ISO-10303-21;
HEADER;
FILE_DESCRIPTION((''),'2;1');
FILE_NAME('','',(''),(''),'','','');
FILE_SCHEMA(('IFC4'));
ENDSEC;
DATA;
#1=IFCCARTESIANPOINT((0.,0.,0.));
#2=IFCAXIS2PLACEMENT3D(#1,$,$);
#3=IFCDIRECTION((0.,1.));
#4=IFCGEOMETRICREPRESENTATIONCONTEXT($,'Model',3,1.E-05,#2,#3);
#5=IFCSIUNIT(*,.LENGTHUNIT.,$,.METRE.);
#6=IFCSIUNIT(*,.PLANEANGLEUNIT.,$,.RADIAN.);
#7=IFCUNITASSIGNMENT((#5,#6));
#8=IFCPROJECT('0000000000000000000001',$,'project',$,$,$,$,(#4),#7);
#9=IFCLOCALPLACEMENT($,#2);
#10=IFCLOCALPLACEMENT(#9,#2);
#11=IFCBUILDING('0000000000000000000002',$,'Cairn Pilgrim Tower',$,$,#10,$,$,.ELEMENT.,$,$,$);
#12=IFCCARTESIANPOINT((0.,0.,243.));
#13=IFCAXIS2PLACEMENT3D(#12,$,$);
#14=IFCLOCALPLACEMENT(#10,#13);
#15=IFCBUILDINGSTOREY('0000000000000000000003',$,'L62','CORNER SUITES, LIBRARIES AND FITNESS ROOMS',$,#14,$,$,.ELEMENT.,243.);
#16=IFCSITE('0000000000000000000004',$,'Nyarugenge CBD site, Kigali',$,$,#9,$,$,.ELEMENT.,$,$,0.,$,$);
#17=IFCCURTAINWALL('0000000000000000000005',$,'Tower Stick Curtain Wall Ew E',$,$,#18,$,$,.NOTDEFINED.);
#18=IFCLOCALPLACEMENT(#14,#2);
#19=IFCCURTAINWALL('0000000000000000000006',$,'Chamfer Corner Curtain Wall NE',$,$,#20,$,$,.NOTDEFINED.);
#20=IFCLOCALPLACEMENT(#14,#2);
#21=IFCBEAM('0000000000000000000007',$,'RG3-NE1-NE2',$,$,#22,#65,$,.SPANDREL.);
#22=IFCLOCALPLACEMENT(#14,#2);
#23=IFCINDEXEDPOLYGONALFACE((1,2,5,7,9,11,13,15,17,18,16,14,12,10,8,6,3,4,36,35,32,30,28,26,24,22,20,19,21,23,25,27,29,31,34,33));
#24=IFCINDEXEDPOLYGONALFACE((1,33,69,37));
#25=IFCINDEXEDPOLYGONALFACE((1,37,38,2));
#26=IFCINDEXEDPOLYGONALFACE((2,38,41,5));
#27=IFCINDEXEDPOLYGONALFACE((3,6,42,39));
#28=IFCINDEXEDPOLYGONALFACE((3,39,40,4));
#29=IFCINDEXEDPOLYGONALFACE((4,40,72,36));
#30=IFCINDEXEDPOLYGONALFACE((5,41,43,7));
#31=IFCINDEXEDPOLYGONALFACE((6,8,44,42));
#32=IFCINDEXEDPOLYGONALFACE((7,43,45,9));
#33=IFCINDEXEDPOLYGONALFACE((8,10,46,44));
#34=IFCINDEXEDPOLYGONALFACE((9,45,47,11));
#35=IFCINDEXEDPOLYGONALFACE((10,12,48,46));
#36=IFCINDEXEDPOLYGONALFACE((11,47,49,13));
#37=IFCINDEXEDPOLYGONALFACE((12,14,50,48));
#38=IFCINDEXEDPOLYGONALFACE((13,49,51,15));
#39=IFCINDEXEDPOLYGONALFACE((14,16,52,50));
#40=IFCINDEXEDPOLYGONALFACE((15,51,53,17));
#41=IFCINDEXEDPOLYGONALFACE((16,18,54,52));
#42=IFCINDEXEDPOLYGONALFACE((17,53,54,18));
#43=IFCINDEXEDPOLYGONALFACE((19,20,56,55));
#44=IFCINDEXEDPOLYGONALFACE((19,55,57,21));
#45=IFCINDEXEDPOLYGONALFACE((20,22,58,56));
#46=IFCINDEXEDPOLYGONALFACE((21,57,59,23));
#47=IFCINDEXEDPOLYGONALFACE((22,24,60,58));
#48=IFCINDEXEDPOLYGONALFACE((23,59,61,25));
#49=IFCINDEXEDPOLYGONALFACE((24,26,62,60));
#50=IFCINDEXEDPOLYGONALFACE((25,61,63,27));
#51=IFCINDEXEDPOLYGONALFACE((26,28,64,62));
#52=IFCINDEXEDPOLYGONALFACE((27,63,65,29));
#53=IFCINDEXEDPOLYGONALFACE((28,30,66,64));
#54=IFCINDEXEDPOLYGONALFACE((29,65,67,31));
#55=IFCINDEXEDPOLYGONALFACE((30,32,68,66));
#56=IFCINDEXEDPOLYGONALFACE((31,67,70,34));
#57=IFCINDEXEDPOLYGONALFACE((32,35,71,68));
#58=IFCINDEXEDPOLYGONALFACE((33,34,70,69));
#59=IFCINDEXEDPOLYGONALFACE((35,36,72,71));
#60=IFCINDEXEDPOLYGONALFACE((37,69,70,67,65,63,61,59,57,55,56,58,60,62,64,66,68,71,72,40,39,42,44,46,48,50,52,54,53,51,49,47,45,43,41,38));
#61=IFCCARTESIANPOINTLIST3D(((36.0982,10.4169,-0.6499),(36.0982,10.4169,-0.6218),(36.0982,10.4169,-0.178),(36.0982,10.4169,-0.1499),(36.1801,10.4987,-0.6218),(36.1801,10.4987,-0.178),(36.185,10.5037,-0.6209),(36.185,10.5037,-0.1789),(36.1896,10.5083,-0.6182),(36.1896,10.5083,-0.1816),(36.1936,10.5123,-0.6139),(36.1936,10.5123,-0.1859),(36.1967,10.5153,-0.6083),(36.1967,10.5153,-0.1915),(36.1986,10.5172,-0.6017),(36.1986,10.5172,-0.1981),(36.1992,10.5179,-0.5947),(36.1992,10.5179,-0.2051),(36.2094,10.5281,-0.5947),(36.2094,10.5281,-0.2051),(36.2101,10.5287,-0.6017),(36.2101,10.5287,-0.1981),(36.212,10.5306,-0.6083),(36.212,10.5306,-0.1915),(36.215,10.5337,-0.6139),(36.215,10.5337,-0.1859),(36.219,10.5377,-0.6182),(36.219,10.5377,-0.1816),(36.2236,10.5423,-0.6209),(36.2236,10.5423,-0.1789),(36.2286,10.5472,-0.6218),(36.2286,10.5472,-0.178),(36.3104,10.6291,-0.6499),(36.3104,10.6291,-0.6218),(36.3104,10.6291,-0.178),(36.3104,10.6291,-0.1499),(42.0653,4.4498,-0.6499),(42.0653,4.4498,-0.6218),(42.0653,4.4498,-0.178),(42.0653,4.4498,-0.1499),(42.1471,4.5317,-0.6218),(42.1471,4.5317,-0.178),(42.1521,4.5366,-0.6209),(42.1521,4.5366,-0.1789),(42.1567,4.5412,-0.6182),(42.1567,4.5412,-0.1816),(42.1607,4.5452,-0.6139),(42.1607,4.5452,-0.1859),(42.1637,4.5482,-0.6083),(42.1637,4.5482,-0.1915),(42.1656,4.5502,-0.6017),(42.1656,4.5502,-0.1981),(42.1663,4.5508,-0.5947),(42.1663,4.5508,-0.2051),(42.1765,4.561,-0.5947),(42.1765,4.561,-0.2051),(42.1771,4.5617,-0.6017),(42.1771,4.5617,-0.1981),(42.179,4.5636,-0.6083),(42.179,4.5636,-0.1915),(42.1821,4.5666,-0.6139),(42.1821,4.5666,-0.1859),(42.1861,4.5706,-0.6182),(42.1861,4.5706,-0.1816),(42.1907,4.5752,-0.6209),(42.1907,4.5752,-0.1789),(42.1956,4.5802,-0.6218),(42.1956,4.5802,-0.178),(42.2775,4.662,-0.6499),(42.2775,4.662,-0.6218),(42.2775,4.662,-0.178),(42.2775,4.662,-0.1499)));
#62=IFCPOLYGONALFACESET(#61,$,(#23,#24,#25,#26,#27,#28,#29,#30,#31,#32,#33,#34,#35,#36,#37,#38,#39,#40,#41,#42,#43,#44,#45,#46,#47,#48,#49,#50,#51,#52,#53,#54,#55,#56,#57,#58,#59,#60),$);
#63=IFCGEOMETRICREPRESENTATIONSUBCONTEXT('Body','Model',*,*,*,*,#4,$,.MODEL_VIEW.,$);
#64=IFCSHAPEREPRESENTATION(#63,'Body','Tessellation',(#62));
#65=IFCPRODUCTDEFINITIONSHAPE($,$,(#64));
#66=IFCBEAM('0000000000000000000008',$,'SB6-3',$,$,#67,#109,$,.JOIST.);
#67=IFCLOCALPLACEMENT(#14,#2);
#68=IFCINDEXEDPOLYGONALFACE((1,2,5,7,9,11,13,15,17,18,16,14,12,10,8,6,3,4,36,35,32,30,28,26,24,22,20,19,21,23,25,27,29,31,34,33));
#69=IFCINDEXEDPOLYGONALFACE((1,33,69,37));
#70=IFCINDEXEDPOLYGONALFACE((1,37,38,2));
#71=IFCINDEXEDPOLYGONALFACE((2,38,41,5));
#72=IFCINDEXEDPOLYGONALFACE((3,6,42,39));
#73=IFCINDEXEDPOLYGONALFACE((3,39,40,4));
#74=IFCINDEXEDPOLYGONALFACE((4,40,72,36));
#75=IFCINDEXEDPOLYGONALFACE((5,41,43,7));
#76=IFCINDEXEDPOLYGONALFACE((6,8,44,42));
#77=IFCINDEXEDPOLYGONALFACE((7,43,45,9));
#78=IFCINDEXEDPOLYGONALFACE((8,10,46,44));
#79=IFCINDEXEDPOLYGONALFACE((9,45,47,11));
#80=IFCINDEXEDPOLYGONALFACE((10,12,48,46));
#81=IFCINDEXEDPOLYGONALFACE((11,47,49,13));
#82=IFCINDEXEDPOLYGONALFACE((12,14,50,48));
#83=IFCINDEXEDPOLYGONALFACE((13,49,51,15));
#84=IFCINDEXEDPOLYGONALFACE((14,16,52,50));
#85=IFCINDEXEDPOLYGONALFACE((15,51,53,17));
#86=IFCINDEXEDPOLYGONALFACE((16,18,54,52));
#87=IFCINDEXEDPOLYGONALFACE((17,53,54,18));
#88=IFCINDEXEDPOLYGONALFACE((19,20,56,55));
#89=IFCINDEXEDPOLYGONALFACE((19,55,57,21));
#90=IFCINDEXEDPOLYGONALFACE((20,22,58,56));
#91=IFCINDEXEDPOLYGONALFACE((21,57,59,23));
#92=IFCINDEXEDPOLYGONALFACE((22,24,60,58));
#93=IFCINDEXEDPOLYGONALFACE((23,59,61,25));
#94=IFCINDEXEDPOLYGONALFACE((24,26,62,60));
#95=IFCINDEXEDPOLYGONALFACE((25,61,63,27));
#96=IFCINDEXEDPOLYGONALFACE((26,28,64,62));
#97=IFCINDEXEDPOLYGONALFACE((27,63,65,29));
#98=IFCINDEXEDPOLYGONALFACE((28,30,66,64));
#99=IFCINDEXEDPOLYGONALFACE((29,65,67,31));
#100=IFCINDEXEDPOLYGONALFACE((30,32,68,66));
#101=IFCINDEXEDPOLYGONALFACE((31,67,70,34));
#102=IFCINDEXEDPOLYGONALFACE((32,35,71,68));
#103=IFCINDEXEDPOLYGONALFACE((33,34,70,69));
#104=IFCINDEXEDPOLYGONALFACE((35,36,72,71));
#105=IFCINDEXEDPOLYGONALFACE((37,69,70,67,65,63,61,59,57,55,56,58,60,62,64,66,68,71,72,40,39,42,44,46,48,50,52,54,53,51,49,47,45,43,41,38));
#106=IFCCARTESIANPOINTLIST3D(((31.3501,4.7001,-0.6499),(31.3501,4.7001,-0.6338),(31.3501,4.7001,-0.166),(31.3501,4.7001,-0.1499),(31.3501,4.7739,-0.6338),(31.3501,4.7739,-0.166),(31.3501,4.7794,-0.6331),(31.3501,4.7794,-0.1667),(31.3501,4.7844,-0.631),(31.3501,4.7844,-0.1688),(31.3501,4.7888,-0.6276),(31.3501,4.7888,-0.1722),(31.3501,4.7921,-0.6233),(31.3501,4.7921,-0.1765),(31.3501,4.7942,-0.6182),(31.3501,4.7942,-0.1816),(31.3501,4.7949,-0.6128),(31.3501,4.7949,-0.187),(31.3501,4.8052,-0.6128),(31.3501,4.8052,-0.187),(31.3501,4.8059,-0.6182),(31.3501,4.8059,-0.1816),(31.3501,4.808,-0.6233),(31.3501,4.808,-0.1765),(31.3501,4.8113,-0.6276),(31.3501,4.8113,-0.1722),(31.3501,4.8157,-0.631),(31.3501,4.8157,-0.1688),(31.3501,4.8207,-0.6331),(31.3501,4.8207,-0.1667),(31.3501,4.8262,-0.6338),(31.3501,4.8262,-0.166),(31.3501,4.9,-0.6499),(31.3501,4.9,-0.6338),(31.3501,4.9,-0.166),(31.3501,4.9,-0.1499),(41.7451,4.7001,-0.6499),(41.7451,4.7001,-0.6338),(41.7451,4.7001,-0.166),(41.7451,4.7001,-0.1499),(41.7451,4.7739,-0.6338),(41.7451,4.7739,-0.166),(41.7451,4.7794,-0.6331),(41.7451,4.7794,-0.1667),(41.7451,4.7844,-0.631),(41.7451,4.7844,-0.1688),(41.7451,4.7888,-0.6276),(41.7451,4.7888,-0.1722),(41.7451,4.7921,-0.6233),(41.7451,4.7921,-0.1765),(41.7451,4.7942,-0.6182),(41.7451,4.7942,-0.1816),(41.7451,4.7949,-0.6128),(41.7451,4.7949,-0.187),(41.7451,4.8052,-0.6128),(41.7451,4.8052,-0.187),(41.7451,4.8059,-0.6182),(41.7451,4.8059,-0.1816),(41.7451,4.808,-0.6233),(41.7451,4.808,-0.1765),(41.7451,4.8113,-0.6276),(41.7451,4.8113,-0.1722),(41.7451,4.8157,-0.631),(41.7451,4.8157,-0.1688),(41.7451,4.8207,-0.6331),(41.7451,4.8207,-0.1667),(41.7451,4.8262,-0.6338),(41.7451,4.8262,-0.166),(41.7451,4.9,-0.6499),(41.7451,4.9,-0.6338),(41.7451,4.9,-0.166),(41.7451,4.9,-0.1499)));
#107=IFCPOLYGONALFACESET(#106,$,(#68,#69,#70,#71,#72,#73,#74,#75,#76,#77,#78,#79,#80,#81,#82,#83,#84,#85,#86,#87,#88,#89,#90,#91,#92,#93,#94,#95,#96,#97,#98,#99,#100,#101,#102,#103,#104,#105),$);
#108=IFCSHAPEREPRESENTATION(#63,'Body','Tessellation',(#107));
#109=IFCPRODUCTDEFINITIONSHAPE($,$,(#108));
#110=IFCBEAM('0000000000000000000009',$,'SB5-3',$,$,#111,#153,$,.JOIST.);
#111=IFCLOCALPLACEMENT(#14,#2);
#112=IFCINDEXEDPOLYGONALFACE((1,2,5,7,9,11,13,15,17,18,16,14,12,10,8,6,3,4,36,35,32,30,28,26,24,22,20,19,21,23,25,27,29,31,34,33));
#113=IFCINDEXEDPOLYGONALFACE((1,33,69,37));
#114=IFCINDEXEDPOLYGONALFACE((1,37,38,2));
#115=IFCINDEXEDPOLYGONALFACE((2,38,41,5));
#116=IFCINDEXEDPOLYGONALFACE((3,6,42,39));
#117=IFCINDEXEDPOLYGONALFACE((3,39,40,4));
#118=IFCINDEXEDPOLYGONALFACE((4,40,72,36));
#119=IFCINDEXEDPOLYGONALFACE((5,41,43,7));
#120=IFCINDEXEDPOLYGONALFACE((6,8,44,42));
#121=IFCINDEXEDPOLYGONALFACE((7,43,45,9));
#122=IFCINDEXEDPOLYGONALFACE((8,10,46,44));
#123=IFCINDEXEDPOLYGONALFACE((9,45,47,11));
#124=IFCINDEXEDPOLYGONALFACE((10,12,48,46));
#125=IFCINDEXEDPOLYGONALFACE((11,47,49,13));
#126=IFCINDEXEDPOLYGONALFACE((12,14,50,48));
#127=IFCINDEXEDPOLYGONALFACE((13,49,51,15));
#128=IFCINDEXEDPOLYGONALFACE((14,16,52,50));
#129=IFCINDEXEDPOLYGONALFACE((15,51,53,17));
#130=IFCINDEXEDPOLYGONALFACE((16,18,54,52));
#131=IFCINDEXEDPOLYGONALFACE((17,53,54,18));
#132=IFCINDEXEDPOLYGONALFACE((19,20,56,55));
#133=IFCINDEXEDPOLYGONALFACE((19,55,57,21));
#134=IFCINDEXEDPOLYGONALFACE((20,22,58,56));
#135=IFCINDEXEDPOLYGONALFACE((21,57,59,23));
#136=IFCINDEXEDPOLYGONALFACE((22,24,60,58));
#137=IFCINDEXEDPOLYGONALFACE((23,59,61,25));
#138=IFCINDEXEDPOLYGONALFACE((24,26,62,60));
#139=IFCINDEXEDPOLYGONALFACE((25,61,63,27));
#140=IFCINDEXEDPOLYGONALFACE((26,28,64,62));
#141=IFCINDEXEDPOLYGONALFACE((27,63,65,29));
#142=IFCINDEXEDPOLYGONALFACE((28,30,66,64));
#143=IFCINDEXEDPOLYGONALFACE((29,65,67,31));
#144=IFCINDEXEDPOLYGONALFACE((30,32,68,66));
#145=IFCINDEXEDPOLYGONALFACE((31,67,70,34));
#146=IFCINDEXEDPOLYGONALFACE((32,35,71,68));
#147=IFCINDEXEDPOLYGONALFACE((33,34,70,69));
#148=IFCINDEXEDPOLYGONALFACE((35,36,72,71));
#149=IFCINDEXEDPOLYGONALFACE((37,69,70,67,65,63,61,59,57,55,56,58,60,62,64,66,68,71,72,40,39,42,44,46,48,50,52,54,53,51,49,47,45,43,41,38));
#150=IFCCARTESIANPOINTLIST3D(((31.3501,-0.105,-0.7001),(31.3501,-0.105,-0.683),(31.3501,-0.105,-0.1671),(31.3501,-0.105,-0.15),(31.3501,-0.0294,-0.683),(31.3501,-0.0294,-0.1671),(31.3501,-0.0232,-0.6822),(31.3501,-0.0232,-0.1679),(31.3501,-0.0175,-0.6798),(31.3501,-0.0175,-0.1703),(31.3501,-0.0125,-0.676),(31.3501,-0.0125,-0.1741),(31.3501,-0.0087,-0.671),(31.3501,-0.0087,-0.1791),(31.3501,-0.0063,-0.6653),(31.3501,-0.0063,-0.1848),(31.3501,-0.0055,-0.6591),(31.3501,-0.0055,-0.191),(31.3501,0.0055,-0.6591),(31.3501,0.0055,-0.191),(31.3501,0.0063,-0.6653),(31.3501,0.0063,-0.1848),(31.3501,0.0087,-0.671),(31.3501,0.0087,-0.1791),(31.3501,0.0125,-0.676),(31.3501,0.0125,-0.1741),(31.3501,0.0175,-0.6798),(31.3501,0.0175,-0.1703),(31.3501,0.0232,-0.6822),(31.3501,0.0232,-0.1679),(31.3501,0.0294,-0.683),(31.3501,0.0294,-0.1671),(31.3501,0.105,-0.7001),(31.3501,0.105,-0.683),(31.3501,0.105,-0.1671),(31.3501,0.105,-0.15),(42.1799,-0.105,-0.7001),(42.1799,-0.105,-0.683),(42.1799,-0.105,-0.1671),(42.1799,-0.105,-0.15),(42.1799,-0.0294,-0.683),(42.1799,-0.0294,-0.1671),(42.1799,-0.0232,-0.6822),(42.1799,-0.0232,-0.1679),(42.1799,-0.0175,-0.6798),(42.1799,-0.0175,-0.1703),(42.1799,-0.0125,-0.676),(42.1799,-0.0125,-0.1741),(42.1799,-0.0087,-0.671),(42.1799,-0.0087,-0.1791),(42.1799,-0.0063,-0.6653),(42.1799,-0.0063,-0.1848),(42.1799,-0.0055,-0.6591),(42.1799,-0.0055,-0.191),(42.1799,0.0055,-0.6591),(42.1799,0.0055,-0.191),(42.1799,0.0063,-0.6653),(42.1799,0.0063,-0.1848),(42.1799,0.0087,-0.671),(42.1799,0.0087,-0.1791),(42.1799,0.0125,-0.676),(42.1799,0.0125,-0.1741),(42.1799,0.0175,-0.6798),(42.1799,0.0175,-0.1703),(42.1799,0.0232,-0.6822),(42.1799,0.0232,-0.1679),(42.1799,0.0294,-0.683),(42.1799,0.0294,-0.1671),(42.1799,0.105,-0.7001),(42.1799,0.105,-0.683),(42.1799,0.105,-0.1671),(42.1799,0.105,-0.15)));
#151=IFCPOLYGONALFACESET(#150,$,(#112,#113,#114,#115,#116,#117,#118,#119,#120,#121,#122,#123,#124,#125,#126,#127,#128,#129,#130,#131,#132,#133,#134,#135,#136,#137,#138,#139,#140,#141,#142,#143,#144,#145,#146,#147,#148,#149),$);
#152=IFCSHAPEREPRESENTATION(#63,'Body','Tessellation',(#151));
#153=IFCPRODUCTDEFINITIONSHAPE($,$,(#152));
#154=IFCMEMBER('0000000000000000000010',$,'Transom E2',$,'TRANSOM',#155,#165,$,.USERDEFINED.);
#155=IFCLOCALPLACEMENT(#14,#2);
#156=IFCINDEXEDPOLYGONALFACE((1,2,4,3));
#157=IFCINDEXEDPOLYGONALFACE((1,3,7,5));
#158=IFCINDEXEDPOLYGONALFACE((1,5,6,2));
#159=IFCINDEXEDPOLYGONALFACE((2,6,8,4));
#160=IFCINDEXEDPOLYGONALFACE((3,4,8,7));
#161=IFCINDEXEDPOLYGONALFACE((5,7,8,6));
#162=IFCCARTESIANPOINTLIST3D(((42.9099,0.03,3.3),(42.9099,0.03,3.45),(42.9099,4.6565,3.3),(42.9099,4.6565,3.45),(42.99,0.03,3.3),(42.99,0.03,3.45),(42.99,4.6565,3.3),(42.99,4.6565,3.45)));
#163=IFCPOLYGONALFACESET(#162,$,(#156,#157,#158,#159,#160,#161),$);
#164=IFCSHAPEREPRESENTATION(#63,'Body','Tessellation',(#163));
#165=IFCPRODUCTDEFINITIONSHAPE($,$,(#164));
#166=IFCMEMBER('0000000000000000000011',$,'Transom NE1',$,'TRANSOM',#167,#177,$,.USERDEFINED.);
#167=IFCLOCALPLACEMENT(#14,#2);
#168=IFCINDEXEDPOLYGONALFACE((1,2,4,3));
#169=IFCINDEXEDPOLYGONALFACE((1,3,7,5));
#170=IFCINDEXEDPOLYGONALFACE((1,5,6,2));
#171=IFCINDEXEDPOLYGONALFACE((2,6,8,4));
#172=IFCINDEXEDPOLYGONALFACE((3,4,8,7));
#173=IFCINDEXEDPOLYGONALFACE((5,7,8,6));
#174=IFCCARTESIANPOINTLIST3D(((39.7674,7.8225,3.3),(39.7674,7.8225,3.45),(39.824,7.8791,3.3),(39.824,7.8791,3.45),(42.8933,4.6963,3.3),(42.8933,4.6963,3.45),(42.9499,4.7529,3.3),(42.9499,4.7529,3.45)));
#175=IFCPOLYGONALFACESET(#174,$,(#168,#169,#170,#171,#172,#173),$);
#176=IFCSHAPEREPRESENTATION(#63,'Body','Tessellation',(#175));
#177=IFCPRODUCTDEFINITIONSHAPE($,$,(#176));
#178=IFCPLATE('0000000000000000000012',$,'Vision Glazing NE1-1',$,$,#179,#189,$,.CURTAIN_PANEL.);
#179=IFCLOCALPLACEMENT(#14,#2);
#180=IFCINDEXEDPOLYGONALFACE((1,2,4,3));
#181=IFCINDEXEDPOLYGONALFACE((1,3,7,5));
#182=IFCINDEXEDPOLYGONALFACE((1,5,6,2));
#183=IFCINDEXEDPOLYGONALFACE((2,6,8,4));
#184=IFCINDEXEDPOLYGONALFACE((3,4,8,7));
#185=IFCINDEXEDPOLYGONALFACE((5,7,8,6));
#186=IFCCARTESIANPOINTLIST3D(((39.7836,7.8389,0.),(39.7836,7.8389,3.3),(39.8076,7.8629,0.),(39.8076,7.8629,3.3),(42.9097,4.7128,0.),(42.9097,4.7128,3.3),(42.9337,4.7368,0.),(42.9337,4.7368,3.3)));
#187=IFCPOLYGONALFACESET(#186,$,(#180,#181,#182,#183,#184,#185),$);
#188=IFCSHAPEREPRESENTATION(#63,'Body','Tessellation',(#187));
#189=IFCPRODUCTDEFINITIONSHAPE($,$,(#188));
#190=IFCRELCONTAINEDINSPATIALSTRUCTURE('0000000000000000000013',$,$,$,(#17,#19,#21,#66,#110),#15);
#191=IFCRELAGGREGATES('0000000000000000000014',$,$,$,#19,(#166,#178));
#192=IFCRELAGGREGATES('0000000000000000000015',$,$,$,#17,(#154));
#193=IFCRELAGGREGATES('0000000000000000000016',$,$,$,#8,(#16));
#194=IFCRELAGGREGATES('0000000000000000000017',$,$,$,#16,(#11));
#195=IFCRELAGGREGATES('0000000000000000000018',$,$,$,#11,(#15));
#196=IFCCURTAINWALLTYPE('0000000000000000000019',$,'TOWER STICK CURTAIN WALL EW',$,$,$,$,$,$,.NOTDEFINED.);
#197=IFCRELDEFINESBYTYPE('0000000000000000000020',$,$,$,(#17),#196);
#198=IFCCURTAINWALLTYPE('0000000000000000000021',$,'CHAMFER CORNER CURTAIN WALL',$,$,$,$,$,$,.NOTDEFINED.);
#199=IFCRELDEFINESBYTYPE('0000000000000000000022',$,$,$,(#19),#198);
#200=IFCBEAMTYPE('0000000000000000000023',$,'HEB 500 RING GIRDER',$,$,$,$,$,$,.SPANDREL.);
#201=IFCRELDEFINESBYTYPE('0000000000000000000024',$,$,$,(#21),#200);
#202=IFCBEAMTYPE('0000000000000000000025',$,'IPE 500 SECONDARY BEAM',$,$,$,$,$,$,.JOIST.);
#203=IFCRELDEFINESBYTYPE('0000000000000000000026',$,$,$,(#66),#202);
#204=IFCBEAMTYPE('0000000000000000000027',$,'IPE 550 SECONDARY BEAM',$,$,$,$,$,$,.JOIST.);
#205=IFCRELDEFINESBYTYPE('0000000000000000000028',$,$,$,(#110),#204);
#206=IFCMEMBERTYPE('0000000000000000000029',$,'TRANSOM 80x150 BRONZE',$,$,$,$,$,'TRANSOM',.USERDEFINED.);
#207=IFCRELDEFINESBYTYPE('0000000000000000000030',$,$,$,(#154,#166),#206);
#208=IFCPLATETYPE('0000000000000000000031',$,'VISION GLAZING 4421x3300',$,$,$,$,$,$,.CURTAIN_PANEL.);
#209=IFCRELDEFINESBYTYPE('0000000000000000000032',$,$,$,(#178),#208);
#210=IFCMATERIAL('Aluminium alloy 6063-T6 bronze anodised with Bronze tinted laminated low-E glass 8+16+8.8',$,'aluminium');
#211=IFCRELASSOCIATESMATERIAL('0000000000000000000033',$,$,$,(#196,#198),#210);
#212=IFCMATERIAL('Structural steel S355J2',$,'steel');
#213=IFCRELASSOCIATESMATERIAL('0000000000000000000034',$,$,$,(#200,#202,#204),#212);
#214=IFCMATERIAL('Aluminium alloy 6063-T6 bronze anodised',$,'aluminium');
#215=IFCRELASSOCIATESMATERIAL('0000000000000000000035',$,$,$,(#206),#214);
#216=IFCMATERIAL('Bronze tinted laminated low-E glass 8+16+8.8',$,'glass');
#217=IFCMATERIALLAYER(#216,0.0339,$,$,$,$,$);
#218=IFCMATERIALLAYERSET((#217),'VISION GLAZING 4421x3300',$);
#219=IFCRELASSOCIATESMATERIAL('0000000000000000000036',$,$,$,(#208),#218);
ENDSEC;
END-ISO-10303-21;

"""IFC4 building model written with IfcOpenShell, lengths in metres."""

from ifc_helpers import new_model, si_unit, direction, frame, origin, origin_2d, place, context, subcontext, project, spatial, rectangle, i_section, extrude, material, layer, layer_set, material_profile, profile_set, type_object, element, aggregate, save


model = new_model("IFC4")

# Units and contexts
model_context = context("Model", 3, precision=1e-05, world=origin(), true_north=direction((0.0, 1.0)))
body_context = subcontext(model_context, "Body", "Model", "MODEL_VIEW")
ifc_project = project(units=[si_unit("LENGTHUNIT", "METRE"), si_unit("PLANEANGLEUNIT", "RADIAN")], contexts=[model_context])

# Site, building, storey
site_placement = place(None, origin())
site = spatial("IfcSite", under=ifc_project, at=site_placement, Name="Nyarugenge CBD site, Kigali", CompositionType="ELEMENT", RefElevation=0.0)
building_placement = place(site_placement, origin())
building = spatial("IfcBuilding", under=site, at=building_placement, Name="Cairn Pilgrim Tower", CompositionType="ELEMENT")
storey_placement = place(building_placement, frame((0.0, 0.0, 243.0)))
storey = spatial("IfcBuildingStorey", under=building, at=storey_placement, Name="L62", Description="CORNER SUITES, LIBRARIES AND FITNESS ROOMS", CompositionType="ELEMENT", Elevation=243.0)

# Shared definitions
ifc_material_1 = material(Name="Structural steel S355J2", Category="steel")

# Curtain wall
ifc_material_2 = material(Name="Aluminium alloy 6063-T6 bronze anodised with Bronze tinted laminated low-E glass 8+16+8.8", Category="aluminium")
curtain_wall_type_1 = type_object("IfcCurtainWallType", Name="TOWER STICK CURTAIN WALL EW", PredefinedType="NOTDEFINED", material=ifc_material_2)
curtain_wall_1_placement = place(storey_placement, origin())
curtain_wall_1 = element("IfcCurtainWall", 1, at=curtain_wall_1_placement, inside=storey, type_object=curtain_wall_type_1, Name="Tower Stick Curtain Wall Ew E", PredefinedType="NOTDEFINED")
ifc_material_3 = material(Name="Aluminium alloy 6063-T6 bronze anodised", Category="aluminium")

# Curtain wall
curtain_wall_type_2 = type_object("IfcCurtainWallType", Name="CHAMFER CORNER CURTAIN WALL", PredefinedType="NOTDEFINED", material=ifc_material_2)
curtain_wall_2_placement = place(storey_placement, origin())
curtain_wall_2 = element("IfcCurtainWall", 2, at=curtain_wall_2_placement, inside=storey, type_object=curtain_wall_type_2, Name="Chamfer Corner Curtain Wall NE", PredefinedType="NOTDEFINED")

# Beams
ifc_material_profile_1 = material_profile(ifc_material_1, i_section(OverallWidth=0.3, OverallDepth=0.5, WebThickness=0.0144, FlangeThickness=0.0281, FilletRadius=0.0271, at=origin_2d()), Name="HEB 500")
ifc_profile_set_1 = profile_set([ifc_material_profile_1], Name="Structural steel S355J2")
beam_type_1 = type_object("IfcBeamType", Name="HEB 500 RING GIRDER", PredefinedType="SPANDREL", material=ifc_profile_set_1)
beam_1_placement = place(storey_placement, frame((42.1714, 4.5559, -0.3999), z_axis=(-0.707107, 0.707107, 0.0), x_axis=(-0.707107, -0.707107, 0.0)))
element("IfcBeam", 3, at=beam_1_placement, inside=storey, type_object=beam_type_1, Name="RG3-NE1-NE2", PredefinedType="SPANDREL", context=body_context, shape_type="SweptSolid", body=[
    extrude(i_section(OverallWidth=0.3, OverallDepth=0.5, WebThickness=0.0144, FlangeThickness=0.0281, FilletRadius=0.0271, at=origin_2d()), origin(), (0.0, 0.0, 1.0), 8.4387),
])
ifc_material_profile_2 = material_profile(ifc_material_1, i_section(OverallWidth=0.2, OverallDepth=0.5, WebThickness=0.0103, FlangeThickness=0.0161, FilletRadius=0.021, at=origin_2d()), Name="IPE 500")
ifc_profile_set_2 = profile_set([ifc_material_profile_2], Name="Structural steel S355J2")
beam_type_2 = type_object("IfcBeamType", Name="IPE 500 SECONDARY BEAM", PredefinedType="JOIST", material=ifc_profile_set_2)
beam_2_placement = place(storey_placement, frame((31.3501, 4.8, -0.3999), z_axis=(1.0, 0.0, 0.0), x_axis=(0.0, 1.0, 0.0)))
element("IfcBeam", 4, at=beam_2_placement, inside=storey, type_object=beam_type_2, Name="SB6-3", PredefinedType="JOIST", context=body_context, shape_type="SweptSolid", body=[
    extrude(i_section(OverallWidth=0.2, OverallDepth=0.5, WebThickness=0.0103, FlangeThickness=0.0161, FilletRadius=0.021, at=origin_2d()), origin(), (0.0, 0.0, 1.0), 10.395),
])
ifc_material_profile_3 = material_profile(ifc_material_1, i_section(OverallWidth=0.21, OverallDepth=0.55, WebThickness=0.011, FlangeThickness=0.0171, FilletRadius=0.0239, at=origin_2d()), Name="IPE 550")
ifc_profile_set_3 = profile_set([ifc_material_profile_3], Name="Structural steel S355J2")
beam_type_3 = type_object("IfcBeamType", Name="IPE 550 SECONDARY BEAM", PredefinedType="JOIST", material=ifc_profile_set_3)
beam_3_placement = place(storey_placement, frame((31.3501, 0.0, -0.425), z_axis=(1.0, 0.0, 0.0), x_axis=(0.0, 1.0, 0.0)))
element("IfcBeam", 5, at=beam_3_placement, inside=storey, type_object=beam_type_3, Name="SB5-3", PredefinedType="JOIST", context=body_context, shape_type="SweptSolid", body=[
    extrude(i_section(OverallWidth=0.21, OverallDepth=0.55, WebThickness=0.011, FlangeThickness=0.0171, FilletRadius=0.0239, at=origin_2d()), origin(), (0.0, 0.0, 1.0), 10.8298),
])

# Members
ifc_material_profile_4 = material_profile(ifc_material_3, rectangle(XDim=0.0801, YDim=0.1499, at=origin_2d()), Name="TRANSOM 80x150 BRONZE")
ifc_profile_set_4 = profile_set([ifc_material_profile_4], Name="Aluminium alloy 6063-T6 bronze anodised")
member_type_1 = type_object("IfcMemberType", Name="TRANSOM 80x150 BRONZE", ElementType="TRANSOM", PredefinedType="USERDEFINED", material=ifc_profile_set_4)
member_1_placement = place(storey_placement, frame((42.95, 0.03, 3.375), z_axis=(0.0, 1.0, 0.0), x_axis=(-1.0, 0.0, 0.0)))
member_1 = element("IfcMember", 6, at=member_1_placement, type_object=member_type_1, Name="Transom E2", ObjectType="TRANSOM", PredefinedType="USERDEFINED", context=body_context, shape_type="SweptSolid", body=[
    extrude(rectangle(XDim=0.0801, YDim=0.1499, at=origin_2d()), origin(), (0.0, 0.0, 1.0), 4.6265),
])
member_2_placement = place(storey_placement, frame((42.9216, 4.7246, 3.375), z_axis=(-0.707079, 0.707134, 0.0), x_axis=(-0.707134, -0.707079, 0.0)))
member_2 = element("IfcMember", 7, at=member_2_placement, type_object=member_type_1, Name="Transom NE1", ObjectType="TRANSOM", PredefinedType="USERDEFINED", context=body_context, shape_type="SweptSolid", body=[
    extrude(rectangle(XDim=0.0801, YDim=0.1499, at=origin_2d()), origin(), (0.0, 0.0, 1.0), 4.4209),
])

# Plate
ifc_material_4 = material(Name="Bronze tinted laminated low-E glass 8+16+8.8", Category="glass")
ifc_layer_1 = layer(ifc_material_4, 0.0339)
ifc_layer_set_1 = layer_set([ifc_layer_1], Name="VISION GLAZING 4421x3300")
plate_type_1 = type_object("IfcPlateType", Name="VISION GLAZING 4421x3300", PredefinedType="CURTAIN_PANEL", material=ifc_layer_set_1)
plate_1_placement = place(storey_placement, frame((41.3586, 6.2878, 0.0), z_axis=(0.0, 0.0, 1.0), x_axis=(-0.707107, 0.707107, 0.0)))
plate_1 = element("IfcPlate", 8, at=plate_1_placement, type_object=plate_type_1, Name="Vision Glazing NE1-1", PredefinedType="CURTAIN_PANEL", context=body_context, shape_type="SweptSolid", body=[
    extrude(rectangle(XDim=4.4209, YDim=0.0339, at=origin_2d()), origin(), (0.0, 0.0, 1.0), 3.3),
])
aggregate(curtain_wall_2, [member_2, plate_1])
aggregate(curtain_wall_1, [member_1])

save(model, "model.ifc")
